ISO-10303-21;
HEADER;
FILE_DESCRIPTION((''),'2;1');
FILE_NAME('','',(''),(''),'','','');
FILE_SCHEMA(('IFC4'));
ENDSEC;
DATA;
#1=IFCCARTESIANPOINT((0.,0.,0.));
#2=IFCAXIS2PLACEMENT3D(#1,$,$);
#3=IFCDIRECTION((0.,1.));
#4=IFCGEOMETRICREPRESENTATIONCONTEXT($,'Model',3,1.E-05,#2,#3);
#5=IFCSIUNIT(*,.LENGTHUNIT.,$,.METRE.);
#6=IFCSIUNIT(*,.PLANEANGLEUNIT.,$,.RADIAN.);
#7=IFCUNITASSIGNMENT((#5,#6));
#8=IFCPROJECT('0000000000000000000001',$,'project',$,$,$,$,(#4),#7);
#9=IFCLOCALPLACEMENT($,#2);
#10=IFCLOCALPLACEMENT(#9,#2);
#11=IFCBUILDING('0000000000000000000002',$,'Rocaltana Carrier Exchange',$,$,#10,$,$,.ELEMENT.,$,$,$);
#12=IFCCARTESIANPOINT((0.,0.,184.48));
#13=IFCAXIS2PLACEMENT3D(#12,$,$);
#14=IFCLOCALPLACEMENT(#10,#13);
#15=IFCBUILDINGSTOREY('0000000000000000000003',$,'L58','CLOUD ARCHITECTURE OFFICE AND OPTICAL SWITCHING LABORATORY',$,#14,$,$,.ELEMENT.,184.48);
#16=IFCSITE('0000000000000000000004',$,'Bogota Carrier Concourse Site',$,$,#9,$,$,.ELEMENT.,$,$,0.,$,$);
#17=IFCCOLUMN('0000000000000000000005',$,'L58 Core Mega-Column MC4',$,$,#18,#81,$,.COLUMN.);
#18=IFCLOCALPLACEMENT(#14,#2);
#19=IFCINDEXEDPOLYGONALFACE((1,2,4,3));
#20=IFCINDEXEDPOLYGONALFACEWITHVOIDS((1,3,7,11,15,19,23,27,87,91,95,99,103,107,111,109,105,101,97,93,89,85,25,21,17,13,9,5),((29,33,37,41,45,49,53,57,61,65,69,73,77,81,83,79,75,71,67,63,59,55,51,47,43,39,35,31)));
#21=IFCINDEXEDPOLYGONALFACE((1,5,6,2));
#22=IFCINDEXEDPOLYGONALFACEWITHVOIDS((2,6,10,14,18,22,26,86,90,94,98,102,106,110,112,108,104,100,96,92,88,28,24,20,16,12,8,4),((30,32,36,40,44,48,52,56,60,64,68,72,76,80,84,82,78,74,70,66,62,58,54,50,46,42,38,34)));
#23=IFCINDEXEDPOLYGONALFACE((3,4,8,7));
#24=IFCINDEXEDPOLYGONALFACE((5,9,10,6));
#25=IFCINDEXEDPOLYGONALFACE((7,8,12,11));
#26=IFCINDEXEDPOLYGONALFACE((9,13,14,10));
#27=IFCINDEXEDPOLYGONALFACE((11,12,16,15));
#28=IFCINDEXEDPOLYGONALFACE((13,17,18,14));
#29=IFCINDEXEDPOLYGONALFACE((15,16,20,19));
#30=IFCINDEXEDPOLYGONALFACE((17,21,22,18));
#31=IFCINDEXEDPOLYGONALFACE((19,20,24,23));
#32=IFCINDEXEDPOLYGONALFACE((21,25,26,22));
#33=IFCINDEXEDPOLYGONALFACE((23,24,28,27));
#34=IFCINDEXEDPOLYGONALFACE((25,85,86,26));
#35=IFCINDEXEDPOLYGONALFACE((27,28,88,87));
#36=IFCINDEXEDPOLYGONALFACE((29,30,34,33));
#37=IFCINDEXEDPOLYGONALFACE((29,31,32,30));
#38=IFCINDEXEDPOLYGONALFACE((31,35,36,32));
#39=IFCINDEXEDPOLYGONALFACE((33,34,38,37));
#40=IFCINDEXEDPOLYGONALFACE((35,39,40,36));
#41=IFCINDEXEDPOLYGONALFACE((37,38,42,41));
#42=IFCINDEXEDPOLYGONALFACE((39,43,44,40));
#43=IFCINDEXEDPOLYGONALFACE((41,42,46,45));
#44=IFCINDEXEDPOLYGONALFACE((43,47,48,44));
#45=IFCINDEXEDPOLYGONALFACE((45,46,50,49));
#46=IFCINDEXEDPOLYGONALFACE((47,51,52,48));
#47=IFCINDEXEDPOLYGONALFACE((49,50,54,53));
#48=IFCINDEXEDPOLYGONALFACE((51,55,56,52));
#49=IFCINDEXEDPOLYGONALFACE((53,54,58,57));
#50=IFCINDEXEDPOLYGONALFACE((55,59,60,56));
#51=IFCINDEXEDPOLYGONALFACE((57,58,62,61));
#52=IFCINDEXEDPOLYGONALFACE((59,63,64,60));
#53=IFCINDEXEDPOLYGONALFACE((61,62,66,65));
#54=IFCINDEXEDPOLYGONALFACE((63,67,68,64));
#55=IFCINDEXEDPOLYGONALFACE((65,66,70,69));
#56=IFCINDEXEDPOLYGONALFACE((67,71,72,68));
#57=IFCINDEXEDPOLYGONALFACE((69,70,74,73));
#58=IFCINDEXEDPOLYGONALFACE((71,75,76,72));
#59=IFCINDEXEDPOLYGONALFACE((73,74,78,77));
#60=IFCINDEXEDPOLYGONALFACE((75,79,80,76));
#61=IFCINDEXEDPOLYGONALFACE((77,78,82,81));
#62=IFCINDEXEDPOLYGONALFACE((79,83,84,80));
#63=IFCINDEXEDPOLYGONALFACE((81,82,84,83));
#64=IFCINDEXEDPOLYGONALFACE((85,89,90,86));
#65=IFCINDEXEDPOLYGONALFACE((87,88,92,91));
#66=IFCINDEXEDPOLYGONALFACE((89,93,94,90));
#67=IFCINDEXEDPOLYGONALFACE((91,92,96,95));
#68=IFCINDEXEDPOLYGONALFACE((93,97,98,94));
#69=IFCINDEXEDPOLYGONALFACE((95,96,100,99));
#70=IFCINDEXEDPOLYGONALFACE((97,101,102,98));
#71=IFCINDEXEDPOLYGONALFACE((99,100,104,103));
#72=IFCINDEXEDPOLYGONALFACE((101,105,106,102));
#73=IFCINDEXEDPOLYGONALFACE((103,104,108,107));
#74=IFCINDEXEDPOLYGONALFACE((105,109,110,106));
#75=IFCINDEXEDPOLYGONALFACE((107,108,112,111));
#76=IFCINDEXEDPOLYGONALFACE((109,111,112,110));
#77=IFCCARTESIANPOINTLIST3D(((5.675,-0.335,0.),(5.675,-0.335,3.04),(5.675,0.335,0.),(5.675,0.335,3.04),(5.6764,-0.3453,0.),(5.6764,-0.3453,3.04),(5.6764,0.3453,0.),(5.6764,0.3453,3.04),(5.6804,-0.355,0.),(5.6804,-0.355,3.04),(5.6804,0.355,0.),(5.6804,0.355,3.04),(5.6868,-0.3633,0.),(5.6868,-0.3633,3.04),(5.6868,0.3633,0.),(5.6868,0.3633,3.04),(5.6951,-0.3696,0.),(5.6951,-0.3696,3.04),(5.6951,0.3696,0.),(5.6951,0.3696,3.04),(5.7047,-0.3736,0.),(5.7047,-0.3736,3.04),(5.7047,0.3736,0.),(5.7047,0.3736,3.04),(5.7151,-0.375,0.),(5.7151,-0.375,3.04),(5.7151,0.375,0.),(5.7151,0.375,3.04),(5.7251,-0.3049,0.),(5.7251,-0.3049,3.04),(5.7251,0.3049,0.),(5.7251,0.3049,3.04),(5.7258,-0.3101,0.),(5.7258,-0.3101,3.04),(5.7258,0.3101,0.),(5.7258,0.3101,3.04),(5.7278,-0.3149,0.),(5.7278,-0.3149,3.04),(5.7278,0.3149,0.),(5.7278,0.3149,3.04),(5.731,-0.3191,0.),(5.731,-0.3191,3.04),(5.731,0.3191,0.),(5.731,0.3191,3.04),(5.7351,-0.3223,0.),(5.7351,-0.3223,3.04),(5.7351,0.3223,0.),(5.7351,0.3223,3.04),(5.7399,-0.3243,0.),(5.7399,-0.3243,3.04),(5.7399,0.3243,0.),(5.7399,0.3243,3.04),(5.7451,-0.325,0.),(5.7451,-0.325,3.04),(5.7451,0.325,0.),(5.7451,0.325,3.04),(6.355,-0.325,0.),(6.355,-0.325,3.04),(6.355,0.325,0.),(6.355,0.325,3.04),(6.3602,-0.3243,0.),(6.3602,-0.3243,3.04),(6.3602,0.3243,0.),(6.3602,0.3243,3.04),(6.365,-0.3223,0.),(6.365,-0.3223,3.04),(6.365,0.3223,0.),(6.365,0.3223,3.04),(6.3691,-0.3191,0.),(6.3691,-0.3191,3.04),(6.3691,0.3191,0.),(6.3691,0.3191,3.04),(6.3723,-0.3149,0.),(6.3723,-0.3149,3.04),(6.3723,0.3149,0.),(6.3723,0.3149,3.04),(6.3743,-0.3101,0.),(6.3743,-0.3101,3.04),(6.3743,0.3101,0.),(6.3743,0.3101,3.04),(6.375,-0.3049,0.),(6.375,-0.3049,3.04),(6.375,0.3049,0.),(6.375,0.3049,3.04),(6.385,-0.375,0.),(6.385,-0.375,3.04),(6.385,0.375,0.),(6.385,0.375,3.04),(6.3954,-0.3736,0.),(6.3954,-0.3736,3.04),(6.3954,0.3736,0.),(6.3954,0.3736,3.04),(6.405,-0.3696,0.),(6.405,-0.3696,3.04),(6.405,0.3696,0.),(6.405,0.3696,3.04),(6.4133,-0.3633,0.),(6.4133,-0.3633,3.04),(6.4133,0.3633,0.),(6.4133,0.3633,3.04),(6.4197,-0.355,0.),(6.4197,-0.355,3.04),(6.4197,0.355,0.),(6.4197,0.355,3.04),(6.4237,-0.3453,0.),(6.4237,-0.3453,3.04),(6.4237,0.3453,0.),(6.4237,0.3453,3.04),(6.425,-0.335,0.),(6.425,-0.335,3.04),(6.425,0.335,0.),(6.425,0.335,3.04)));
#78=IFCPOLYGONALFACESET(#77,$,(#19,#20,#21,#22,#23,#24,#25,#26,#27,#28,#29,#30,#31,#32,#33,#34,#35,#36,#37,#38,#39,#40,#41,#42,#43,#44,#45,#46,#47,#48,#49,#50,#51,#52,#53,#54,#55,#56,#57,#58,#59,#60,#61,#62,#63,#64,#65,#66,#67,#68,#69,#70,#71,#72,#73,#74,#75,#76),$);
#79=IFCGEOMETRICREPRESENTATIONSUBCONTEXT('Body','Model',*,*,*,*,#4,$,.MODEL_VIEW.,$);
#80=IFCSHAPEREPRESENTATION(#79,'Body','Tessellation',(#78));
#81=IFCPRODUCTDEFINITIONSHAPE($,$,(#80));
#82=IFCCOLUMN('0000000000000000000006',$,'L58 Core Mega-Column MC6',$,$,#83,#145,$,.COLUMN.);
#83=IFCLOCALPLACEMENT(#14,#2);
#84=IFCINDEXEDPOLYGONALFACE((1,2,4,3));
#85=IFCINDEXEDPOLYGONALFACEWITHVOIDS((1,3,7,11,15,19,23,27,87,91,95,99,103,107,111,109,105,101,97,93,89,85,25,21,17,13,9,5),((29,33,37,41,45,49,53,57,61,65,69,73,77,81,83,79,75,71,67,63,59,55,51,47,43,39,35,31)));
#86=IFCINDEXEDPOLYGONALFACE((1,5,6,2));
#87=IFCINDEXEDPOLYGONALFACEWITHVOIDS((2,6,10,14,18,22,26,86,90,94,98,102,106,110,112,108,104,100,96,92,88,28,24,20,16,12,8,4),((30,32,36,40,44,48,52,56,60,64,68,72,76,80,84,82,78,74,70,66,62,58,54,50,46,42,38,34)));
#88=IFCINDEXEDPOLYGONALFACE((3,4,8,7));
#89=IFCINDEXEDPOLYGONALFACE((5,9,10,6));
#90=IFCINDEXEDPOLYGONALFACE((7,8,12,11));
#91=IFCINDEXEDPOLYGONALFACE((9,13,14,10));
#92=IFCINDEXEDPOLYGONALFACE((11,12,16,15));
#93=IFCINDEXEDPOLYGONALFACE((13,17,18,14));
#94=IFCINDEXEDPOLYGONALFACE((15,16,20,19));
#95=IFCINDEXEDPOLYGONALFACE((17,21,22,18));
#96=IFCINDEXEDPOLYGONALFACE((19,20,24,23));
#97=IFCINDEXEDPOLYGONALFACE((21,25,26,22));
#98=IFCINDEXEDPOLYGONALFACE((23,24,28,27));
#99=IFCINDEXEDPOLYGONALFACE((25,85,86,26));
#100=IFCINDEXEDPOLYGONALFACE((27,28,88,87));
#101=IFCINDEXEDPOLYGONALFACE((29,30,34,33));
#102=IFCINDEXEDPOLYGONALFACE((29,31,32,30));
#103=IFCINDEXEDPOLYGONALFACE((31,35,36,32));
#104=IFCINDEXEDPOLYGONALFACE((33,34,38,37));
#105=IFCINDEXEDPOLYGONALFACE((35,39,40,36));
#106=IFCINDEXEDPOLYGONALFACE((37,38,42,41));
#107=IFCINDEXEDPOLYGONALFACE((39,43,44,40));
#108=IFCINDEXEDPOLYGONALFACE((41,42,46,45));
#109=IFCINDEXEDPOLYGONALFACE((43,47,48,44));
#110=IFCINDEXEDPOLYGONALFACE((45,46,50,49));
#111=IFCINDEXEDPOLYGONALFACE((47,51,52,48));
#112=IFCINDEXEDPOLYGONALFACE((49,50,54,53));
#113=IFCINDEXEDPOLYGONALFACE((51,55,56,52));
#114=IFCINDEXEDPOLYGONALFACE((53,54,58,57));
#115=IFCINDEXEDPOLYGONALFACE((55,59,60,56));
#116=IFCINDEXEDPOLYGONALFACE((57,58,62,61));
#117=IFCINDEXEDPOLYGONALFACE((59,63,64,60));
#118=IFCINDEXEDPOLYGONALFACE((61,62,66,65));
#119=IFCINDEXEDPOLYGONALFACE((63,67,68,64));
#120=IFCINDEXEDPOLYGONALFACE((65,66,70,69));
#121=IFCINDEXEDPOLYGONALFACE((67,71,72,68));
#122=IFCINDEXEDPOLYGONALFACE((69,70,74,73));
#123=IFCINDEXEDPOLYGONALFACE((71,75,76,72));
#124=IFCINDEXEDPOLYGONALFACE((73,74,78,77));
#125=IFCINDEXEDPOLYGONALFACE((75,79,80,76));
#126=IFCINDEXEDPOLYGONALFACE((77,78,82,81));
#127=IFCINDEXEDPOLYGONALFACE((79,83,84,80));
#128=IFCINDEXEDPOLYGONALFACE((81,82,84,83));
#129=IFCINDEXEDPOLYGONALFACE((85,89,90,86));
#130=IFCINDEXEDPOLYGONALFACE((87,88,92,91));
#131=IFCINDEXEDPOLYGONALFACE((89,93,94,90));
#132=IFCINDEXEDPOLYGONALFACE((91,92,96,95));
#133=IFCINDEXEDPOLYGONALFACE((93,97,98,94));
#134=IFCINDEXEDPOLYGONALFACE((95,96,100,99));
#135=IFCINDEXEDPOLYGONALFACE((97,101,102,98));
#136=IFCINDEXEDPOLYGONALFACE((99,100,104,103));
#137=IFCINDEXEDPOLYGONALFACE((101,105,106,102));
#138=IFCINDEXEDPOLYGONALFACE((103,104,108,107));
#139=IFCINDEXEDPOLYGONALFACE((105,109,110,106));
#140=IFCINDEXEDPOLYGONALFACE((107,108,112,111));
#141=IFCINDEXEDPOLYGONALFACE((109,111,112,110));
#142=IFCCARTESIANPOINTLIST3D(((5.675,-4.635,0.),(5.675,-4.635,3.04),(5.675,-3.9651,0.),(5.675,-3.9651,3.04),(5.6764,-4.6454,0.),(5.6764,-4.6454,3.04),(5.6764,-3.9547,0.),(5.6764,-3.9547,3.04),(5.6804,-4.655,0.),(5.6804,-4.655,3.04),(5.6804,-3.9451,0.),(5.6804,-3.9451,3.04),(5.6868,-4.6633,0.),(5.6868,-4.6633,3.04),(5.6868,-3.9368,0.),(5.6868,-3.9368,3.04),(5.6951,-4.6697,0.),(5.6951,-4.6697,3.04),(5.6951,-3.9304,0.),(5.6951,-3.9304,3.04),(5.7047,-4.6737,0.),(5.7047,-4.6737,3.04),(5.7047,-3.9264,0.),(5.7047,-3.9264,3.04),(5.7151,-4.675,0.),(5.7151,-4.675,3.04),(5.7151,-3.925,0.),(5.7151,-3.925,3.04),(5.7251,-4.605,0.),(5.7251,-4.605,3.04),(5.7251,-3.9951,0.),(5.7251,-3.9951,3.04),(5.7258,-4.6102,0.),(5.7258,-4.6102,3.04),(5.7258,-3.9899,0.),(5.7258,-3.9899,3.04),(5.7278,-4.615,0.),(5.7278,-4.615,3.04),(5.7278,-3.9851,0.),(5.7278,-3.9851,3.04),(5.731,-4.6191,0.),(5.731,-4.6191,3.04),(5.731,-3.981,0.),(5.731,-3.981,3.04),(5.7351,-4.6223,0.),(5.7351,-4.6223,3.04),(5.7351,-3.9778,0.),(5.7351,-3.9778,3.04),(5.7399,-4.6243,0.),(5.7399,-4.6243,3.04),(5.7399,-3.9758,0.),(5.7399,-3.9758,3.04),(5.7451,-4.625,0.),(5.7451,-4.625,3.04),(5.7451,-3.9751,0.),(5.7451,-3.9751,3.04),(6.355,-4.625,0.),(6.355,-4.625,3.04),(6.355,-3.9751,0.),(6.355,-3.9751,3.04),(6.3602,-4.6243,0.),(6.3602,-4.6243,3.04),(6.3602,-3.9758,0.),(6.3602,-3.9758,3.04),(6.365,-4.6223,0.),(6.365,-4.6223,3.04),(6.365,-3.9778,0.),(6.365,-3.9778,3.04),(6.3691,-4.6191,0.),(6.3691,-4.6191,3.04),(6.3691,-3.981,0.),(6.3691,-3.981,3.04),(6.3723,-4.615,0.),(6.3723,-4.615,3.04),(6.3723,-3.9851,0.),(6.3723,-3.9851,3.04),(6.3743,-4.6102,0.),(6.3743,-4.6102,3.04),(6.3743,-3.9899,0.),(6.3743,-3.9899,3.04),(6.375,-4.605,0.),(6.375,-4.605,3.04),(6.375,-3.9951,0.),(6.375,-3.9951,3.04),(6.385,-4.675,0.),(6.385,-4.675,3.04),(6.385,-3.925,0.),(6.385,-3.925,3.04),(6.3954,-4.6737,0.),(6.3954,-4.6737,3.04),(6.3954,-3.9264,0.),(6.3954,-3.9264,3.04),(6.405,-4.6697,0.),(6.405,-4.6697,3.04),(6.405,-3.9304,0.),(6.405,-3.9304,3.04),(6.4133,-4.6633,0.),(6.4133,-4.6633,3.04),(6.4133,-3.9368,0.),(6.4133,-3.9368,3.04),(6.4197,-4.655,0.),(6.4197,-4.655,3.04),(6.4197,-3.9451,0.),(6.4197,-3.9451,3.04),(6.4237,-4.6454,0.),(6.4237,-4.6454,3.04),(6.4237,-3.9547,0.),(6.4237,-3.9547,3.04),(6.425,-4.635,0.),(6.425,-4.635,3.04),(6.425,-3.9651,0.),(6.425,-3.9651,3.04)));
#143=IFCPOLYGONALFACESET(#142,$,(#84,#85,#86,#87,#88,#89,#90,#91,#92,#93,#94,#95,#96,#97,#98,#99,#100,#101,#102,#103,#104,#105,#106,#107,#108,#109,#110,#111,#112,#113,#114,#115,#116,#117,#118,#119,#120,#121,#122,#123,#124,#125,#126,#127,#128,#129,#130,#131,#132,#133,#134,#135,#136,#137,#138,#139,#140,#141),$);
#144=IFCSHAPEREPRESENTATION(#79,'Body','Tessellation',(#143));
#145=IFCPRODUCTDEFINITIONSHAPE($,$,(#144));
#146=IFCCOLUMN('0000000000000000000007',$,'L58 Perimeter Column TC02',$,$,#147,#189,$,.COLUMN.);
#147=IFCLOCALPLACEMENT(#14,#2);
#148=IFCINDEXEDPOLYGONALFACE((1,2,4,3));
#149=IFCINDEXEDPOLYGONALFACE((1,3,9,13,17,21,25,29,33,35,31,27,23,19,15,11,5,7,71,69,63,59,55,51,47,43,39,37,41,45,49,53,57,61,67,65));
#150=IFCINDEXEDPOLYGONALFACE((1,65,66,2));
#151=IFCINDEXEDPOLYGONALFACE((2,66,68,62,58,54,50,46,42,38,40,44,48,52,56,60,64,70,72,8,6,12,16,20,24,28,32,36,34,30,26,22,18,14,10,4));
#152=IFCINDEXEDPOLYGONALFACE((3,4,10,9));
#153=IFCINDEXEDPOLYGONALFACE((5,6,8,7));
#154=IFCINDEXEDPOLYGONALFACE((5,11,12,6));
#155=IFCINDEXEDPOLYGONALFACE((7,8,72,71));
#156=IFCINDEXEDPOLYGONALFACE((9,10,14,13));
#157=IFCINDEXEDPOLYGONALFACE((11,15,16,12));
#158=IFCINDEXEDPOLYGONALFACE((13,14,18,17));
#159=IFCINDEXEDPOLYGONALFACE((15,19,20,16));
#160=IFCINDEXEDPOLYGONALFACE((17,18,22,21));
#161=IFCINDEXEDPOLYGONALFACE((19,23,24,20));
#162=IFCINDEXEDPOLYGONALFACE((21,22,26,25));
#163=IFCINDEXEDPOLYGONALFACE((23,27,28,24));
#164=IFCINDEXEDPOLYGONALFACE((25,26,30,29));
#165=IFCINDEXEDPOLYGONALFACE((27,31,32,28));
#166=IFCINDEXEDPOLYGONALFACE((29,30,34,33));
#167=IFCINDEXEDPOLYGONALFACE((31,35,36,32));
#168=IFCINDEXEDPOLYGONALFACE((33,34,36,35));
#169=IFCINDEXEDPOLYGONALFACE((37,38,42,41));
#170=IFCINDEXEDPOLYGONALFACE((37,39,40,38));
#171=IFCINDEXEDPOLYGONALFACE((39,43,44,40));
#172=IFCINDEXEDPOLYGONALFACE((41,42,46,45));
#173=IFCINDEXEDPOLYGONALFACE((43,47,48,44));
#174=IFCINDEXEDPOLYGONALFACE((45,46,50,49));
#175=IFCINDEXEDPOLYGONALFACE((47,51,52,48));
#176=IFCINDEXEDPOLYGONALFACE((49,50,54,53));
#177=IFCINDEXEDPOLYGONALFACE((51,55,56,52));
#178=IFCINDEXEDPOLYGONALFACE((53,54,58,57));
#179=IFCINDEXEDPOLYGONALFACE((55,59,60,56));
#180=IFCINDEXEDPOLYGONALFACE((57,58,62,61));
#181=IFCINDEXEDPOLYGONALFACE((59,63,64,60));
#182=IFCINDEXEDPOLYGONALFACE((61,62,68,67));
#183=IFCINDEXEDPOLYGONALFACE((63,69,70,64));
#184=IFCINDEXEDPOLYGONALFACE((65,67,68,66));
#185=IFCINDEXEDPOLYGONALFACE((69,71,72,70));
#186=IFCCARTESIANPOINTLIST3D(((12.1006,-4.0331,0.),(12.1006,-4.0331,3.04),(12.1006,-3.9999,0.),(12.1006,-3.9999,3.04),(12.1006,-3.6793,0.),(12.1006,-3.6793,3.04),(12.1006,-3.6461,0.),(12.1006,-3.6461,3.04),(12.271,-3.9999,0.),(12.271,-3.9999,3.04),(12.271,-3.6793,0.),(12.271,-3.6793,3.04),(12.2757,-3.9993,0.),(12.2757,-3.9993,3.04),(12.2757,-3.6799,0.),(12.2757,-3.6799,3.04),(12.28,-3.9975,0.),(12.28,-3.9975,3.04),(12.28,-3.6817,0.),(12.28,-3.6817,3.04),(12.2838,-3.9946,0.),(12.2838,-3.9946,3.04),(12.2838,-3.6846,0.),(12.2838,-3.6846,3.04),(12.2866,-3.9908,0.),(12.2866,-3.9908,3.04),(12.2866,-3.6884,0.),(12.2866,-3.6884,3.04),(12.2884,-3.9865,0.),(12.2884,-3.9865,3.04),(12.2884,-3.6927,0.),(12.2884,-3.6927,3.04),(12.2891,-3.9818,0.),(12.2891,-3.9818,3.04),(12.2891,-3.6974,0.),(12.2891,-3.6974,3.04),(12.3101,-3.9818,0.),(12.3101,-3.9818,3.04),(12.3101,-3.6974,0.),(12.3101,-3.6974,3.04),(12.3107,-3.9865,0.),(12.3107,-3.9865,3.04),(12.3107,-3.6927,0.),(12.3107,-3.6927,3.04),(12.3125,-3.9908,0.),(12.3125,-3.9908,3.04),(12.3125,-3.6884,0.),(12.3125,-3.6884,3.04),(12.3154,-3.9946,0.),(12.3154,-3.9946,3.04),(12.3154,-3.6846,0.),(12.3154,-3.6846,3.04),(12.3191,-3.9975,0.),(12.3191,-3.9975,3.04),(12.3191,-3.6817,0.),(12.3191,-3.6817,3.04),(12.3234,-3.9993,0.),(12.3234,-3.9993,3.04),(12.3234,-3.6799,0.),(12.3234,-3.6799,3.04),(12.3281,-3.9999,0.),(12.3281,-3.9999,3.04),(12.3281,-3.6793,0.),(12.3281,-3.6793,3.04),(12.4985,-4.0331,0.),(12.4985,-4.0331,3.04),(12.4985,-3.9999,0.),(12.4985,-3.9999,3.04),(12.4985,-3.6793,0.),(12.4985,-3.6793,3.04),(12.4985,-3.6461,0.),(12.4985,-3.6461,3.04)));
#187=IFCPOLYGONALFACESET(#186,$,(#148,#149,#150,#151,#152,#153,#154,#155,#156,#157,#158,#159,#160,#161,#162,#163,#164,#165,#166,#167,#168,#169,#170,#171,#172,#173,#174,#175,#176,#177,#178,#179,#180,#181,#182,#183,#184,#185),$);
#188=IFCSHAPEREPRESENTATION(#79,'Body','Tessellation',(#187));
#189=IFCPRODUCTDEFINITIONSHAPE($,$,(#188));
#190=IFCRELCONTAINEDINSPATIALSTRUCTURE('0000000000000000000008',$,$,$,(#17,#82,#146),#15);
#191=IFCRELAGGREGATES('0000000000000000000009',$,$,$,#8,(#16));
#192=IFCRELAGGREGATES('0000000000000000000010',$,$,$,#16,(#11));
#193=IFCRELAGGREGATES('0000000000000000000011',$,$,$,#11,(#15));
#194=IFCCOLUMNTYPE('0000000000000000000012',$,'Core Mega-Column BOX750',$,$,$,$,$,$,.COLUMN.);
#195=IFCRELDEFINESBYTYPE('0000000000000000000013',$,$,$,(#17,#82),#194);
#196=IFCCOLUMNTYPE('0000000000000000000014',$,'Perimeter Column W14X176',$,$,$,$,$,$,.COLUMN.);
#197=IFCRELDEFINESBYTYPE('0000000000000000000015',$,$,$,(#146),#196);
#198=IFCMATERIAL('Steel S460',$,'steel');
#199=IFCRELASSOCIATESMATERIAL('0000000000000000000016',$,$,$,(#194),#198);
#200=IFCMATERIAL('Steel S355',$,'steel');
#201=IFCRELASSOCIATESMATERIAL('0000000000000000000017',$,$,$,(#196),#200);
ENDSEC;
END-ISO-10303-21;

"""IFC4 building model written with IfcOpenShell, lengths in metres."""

from ifc_helpers import new_model, si_unit, direction, frame, origin, origin_2d, place, context, subcontext, project, spatial, hollow_rectangle, i_section, extrude, material, material_profile, profile_set, type_object, element, save


model = new_model("IFC4")

# Units and contexts
model_context = context("Model", 3, precision=1e-05, world=origin(), true_north=direction((0.0, 1.0)))
body_context = subcontext(model_context, "Body", "Model", "MODEL_VIEW")
ifc_project = project(units=[si_unit("LENGTHUNIT", "METRE"), si_unit("PLANEANGLEUNIT", "RADIAN")], contexts=[model_context])

# Site, building, storey
site_placement = place(None, origin())
site = spatial("IfcSite", under=ifc_project, at=site_placement, Name="Bogota Carrier Concourse Site", CompositionType="ELEMENT", RefElevation=0.0)
building_placement = place(site_placement, origin())
building = spatial("IfcBuilding", under=site, at=building_placement, Name="Rocaltana Carrier Exchange", CompositionType="ELEMENT")
storey_placement = place(building_placement, frame((0.0, 0.0, 184.48)))
storey = spatial("IfcBuildingStorey", under=building, at=storey_placement, Name="L58", Description="CLOUD ARCHITECTURE OFFICE AND OPTICAL SWITCHING LABORATORY", CompositionType="ELEMENT", Elevation=184.48)

# Columns
ifc_material_1 = material(Name="Steel S460", Category="steel")
ifc_material_profile_1 = material_profile(ifc_material_1, hollow_rectangle(XDim=0.75, YDim=0.75, WallThickness=0.05, InnerFilletRadius=0.02, OuterFilletRadius=0.04, at=origin_2d()), Name="BOX750X750X50")
ifc_profile_set_1 = profile_set([ifc_material_profile_1], Name="Steel S460")
column_type_1 = type_object("IfcColumnType", Name="Core Mega-Column BOX750", PredefinedType="COLUMN", material=ifc_profile_set_1)
for number, where, z_axis, x_axis, name in (
    (1, (6.05, 0.0, 0.0), (0.0, 0.0, 1.0), (1.0, 0.0, 0.0), "L58 Core Mega-Column MC4"),
    (2, (6.05, -4.3, 0.0), (0.0, 0.0, 1.0), (1.0, 0.0, 0.0), "L58 Core Mega-Column MC6"),
):
    element("IfcColumn", number, at=place(storey_placement, frame(where, z_axis=z_axis, x_axis=x_axis)), inside=storey, type_object=column_type_1, Name=name, PredefinedType="COLUMN", context=body_context, shape_type="SweptSolid", body=[
        extrude(hollow_rectangle(XDim=0.75, YDim=0.75, WallThickness=0.05, InnerFilletRadius=0.02, OuterFilletRadius=0.04, at=origin_2d()), origin(), (0.0, 0.0, 1.0), 3.04),
    ])
ifc_material_2 = material(Name="Steel S355", Category="steel")
ifc_material_profile_2 = material_profile(ifc_material_2, i_section(OverallWidth=0.3979, OverallDepth=0.387, WebThickness=0.021, FlangeThickness=0.0332, FilletRadius=0.0181, at=origin_2d()), Name="W14X176")
ifc_profile_set_2 = profile_set([ifc_material_profile_2], Name="Steel S355")
column_type_2 = type_object("IfcColumnType", Name="Perimeter Column W14X176", PredefinedType="COLUMN", material=ifc_profile_set_2)
column_placement = place(storey_placement, frame((12.2996, -3.8396, 0.0), z_axis=(0.0, 0.0, 1.0), x_axis=(1.0, 0.0, 0.0)))
element("IfcColumn", 3, at=column_placement, inside=storey, type_object=column_type_2, Name="L58 Perimeter Column TC02", PredefinedType="COLUMN", context=body_context, shape_type="SweptSolid", body=[
    extrude(i_section(OverallWidth=0.3979, OverallDepth=0.387, WebThickness=0.021, FlangeThickness=0.0332, FilletRadius=0.0181, at=origin_2d()), origin(), (0.0, 0.0, 1.0), 3.04),
])

save(model, "model.ifc")
